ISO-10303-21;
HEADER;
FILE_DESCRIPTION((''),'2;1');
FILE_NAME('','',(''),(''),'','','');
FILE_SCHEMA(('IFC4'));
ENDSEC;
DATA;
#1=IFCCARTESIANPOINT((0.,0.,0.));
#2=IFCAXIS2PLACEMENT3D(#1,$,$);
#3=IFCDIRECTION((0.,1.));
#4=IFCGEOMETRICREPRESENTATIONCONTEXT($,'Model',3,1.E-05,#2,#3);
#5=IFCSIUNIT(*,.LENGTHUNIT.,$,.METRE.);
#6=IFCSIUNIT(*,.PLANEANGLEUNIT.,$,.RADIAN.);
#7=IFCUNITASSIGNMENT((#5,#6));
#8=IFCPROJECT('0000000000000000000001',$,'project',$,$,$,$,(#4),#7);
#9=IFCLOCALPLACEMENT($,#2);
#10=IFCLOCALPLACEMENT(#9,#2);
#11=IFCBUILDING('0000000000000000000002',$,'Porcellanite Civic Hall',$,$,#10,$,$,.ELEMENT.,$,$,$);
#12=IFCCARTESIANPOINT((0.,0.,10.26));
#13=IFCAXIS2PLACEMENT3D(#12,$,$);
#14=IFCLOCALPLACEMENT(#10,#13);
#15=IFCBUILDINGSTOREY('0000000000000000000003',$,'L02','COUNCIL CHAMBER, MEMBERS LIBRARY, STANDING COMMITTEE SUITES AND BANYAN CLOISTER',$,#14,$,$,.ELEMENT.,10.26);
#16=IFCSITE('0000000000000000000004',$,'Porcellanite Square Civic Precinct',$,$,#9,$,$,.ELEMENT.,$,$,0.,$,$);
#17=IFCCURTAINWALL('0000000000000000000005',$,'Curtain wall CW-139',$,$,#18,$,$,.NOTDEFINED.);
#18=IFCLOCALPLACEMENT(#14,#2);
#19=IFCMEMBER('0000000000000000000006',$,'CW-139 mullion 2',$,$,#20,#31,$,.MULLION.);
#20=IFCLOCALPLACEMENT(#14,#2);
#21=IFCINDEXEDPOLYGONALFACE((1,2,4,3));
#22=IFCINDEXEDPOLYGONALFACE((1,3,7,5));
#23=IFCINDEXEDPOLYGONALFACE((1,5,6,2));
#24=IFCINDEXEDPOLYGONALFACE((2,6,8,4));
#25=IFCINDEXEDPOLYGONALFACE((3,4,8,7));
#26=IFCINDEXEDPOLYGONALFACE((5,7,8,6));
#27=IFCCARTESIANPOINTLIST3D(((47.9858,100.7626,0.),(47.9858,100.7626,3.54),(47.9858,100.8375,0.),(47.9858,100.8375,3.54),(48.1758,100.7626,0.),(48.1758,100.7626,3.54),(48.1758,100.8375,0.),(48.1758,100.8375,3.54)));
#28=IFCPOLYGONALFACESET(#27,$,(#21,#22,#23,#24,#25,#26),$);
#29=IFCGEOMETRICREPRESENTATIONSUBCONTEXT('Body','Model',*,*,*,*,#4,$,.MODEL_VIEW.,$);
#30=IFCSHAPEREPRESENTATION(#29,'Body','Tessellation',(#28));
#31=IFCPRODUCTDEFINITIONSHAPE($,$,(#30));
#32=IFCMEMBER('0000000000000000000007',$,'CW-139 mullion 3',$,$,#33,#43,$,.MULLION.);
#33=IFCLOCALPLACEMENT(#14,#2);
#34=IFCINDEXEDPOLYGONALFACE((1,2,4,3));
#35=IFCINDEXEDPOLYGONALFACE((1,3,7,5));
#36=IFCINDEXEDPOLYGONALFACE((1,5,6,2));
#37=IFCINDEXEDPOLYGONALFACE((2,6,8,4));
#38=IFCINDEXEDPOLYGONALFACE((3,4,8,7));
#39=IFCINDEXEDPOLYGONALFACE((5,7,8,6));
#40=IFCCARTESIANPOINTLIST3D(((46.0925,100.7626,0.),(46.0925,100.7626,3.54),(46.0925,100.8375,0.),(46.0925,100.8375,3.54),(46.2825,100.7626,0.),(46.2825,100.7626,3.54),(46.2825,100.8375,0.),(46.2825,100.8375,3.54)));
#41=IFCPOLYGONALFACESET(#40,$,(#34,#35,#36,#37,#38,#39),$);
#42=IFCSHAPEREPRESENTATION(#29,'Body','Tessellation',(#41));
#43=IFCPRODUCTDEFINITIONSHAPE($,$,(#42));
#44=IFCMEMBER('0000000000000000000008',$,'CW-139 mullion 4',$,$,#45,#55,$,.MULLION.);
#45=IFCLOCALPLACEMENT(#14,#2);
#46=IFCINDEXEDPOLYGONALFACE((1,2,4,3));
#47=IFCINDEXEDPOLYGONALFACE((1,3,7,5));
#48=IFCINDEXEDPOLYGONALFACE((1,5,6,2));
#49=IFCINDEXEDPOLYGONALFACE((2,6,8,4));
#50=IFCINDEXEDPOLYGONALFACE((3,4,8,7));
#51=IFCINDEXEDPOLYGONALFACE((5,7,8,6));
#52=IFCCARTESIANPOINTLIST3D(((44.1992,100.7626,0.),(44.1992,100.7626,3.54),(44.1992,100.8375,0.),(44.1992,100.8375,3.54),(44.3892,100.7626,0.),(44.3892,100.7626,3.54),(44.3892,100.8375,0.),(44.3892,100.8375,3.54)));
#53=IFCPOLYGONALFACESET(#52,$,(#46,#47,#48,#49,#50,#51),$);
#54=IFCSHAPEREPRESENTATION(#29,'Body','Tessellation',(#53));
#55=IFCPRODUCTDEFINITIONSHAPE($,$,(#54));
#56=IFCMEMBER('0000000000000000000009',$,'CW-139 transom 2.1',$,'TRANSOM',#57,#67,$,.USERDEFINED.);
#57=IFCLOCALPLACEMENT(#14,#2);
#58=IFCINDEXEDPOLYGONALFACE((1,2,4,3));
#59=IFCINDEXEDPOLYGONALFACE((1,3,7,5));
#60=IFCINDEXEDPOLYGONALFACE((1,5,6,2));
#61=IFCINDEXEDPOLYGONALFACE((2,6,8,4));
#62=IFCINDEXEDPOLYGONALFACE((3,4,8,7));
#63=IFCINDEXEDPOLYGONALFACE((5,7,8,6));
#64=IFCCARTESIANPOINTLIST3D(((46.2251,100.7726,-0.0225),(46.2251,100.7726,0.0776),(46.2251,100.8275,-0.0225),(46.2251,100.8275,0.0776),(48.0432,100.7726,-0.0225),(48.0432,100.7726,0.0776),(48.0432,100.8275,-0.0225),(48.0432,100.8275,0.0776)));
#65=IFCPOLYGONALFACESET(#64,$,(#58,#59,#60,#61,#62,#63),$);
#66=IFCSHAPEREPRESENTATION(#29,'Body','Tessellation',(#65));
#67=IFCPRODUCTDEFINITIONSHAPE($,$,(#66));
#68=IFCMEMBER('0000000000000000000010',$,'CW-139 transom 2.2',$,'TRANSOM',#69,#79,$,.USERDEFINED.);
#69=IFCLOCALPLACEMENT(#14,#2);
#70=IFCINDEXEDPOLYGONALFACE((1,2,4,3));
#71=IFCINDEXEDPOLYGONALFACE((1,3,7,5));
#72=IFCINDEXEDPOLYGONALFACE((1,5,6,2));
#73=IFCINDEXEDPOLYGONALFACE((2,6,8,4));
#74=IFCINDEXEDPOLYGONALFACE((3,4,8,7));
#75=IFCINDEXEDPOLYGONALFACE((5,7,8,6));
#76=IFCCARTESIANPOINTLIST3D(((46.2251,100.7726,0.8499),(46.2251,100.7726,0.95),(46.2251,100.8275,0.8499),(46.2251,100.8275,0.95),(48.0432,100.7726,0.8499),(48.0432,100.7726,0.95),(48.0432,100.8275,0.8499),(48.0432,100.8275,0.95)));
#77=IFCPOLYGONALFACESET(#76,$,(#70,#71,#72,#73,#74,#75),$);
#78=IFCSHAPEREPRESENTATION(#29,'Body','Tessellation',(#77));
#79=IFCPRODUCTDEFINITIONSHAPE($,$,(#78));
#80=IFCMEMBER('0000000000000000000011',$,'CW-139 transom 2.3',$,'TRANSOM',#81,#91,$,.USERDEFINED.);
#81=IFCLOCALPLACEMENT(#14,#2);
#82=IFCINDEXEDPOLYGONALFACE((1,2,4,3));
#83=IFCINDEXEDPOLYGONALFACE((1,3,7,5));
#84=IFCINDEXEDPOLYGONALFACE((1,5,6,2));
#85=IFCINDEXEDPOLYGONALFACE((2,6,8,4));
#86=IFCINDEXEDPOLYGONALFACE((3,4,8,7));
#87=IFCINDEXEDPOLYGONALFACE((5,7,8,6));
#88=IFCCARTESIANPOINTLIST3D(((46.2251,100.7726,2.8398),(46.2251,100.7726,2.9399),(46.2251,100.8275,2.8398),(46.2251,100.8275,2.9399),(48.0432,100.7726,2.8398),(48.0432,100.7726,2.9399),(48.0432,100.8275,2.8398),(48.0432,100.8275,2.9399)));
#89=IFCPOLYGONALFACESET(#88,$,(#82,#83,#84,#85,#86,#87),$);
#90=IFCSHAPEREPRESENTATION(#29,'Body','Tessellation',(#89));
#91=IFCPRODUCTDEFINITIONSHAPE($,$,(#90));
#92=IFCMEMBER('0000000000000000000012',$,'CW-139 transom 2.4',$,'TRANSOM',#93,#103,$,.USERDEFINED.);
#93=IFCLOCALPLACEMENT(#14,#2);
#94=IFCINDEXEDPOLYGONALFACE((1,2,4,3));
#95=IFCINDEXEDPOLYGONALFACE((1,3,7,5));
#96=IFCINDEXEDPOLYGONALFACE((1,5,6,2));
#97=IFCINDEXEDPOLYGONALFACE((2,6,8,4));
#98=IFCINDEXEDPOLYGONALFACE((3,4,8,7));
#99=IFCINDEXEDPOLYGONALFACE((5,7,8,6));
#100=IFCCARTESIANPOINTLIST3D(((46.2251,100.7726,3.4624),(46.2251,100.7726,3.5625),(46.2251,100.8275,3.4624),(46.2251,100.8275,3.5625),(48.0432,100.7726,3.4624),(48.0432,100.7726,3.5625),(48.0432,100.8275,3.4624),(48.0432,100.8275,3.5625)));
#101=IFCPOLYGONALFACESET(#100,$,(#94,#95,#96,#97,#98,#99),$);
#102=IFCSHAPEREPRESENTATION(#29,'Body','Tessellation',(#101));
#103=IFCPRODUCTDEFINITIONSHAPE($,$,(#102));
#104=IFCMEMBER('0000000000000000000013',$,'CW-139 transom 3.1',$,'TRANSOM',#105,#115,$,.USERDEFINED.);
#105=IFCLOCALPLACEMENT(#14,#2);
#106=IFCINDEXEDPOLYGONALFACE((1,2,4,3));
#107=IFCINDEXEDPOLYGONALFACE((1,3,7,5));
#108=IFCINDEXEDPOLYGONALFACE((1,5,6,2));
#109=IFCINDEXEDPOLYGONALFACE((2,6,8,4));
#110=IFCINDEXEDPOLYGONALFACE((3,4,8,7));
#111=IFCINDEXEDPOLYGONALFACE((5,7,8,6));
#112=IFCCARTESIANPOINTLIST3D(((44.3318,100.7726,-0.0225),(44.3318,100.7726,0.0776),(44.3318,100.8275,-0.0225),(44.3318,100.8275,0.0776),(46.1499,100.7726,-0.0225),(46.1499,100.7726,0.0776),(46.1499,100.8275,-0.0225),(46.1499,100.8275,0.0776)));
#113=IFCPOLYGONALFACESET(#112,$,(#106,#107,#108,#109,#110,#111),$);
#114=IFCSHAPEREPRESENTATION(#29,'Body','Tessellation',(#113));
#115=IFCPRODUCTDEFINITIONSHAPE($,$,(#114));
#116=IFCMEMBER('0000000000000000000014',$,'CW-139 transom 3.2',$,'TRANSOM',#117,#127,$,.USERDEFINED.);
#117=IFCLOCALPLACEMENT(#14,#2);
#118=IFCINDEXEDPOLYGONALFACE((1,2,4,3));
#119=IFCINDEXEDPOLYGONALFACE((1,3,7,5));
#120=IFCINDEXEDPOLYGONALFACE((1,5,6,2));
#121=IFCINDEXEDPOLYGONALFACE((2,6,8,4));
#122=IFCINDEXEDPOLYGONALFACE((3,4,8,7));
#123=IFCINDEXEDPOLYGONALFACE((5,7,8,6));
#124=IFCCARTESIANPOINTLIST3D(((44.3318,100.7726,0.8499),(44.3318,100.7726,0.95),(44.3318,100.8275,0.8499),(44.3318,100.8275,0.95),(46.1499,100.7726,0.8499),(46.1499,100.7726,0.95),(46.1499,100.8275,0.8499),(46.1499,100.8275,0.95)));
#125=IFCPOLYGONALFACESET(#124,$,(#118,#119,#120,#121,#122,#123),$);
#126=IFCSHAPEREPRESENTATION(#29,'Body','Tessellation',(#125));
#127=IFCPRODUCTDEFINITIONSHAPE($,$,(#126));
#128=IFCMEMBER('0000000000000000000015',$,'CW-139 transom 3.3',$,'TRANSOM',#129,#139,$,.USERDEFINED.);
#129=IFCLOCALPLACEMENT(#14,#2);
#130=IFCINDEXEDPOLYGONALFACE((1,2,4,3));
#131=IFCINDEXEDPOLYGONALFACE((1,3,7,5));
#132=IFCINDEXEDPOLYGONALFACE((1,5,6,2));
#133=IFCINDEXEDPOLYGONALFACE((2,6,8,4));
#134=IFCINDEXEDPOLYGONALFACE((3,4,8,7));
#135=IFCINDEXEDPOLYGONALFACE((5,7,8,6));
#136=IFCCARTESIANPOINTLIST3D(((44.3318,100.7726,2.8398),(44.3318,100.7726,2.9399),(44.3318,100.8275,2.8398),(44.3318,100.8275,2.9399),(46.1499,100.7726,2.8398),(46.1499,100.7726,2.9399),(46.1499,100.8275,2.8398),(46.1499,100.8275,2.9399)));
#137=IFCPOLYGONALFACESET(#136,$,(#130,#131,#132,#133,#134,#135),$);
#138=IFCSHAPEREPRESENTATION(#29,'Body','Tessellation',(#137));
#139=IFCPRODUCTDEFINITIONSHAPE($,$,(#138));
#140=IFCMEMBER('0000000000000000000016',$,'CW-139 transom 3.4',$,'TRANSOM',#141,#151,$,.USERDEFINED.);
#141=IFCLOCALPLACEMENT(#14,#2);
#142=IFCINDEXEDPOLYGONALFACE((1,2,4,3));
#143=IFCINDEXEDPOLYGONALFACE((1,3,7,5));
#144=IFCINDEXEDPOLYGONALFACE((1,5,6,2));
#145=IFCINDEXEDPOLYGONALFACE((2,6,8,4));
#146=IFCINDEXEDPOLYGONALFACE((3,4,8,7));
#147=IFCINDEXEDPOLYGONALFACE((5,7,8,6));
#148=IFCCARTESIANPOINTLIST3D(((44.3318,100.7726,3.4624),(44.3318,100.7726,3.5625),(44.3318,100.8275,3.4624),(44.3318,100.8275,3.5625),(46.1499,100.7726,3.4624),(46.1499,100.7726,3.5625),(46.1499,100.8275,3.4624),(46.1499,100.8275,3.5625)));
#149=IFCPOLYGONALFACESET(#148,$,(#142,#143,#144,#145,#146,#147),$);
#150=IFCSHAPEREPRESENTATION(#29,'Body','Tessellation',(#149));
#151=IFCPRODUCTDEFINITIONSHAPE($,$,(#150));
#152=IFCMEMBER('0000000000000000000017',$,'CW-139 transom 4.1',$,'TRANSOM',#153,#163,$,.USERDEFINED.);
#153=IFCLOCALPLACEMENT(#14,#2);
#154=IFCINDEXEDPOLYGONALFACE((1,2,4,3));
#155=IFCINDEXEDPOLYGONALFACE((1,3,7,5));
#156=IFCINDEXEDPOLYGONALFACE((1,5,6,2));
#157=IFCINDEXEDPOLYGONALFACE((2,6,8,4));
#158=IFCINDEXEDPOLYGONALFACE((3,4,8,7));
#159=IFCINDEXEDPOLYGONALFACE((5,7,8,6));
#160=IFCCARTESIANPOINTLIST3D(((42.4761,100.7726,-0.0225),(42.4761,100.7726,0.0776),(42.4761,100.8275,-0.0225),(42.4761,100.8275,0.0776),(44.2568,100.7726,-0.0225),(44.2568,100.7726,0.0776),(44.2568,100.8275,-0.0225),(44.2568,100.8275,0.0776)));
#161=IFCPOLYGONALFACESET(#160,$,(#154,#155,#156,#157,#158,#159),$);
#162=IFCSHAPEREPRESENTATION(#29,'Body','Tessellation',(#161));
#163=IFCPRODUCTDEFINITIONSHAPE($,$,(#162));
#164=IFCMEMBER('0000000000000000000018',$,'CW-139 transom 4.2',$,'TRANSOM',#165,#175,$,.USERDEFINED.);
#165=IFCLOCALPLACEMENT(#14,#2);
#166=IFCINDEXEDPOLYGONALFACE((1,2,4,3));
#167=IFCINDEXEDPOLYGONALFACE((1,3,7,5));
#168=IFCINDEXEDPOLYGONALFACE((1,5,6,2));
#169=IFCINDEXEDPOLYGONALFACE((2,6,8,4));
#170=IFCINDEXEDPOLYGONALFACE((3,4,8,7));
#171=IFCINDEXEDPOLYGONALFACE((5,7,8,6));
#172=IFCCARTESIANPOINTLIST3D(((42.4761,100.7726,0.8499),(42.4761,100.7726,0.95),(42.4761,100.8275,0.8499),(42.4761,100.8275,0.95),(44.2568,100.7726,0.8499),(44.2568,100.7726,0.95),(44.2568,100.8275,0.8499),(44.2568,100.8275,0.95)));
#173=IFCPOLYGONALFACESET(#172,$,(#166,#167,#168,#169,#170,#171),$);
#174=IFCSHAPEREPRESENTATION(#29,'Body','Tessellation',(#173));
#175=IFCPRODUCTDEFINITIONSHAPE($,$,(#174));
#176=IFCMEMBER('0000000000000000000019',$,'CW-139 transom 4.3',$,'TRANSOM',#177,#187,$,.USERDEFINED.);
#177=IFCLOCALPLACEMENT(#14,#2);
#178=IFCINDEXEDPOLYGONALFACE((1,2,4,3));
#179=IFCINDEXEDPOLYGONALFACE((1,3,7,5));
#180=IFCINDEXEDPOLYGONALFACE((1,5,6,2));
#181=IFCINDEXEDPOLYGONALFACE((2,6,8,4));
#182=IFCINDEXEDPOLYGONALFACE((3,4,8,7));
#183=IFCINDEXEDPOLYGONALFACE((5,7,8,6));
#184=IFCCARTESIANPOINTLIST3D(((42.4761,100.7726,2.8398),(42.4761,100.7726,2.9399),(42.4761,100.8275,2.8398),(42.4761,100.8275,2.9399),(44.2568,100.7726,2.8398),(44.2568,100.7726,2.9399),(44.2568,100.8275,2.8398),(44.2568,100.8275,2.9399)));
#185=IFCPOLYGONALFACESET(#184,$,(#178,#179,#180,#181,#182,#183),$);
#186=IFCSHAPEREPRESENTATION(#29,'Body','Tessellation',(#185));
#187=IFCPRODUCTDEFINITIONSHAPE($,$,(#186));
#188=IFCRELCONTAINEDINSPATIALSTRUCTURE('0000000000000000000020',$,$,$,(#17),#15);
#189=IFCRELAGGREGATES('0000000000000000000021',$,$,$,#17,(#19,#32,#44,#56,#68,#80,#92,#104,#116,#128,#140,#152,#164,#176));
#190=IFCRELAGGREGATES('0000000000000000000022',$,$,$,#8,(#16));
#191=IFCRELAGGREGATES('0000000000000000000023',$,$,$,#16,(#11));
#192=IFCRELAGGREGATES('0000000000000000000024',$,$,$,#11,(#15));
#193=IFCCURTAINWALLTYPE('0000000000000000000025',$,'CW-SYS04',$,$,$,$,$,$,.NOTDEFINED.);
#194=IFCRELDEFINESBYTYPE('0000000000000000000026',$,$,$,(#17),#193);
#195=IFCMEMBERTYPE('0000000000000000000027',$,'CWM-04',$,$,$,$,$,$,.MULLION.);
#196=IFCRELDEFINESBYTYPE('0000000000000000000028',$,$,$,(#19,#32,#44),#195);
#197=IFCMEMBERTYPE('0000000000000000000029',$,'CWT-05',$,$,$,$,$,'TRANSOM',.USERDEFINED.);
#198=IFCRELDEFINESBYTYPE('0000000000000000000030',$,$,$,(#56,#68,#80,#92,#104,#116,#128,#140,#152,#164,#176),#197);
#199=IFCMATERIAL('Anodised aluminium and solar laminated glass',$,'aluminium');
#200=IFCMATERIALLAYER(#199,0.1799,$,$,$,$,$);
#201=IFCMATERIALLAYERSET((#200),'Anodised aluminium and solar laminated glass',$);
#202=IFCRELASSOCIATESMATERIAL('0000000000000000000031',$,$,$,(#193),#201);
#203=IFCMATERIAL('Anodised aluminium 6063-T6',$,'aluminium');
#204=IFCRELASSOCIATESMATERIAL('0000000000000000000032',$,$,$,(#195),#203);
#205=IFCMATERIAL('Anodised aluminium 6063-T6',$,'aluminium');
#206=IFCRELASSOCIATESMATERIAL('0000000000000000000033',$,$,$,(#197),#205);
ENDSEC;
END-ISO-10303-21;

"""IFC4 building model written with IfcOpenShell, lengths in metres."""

from ifc_helpers import new_model, si_unit, direction, frame, origin, origin_2d, place, context, subcontext, project, spatial, rectangle, extrude, material, layer, layer_set, material_profile, profile_set, type_object, element, aggregate, save


model = new_model("IFC4")

# Units and contexts
model_context = context("Model", 3, precision=1e-05, world=origin(), true_north=direction((0.0, 1.0)))
body_context = subcontext(model_context, "Body", "Model", "MODEL_VIEW")
ifc_project = project(units=[si_unit("LENGTHUNIT", "METRE"), si_unit("PLANEANGLEUNIT", "RADIAN")], contexts=[model_context])

# Site, building, storey
site_placement = place(None, origin())
site = spatial("IfcSite", under=ifc_project, at=site_placement, Name="Porcellanite Square Civic Precinct", CompositionType="ELEMENT", RefElevation=0.0)
building_placement = place(site_placement, origin())
building = spatial("IfcBuilding", under=site, at=building_placement, Name="Porcellanite Civic Hall", CompositionType="ELEMENT")
storey_placement = place(building_placement, frame((0.0, 0.0, 10.26)))
storey = spatial("IfcBuildingStorey", under=building, at=storey_placement, Name="L02", Description="COUNCIL CHAMBER, MEMBERS LIBRARY, STANDING COMMITTEE SUITES AND BANYAN CLOISTER", CompositionType="ELEMENT", Elevation=10.26)

# Curtain wall, members
ifc_material_1 = material(Name="Anodised aluminium and solar laminated glass", Category="aluminium")
ifc_layer_1 = layer(ifc_material_1, 0.1799)
ifc_layer_set_1 = layer_set([ifc_layer_1], Name="Anodised aluminium and solar laminated glass")
curtain_wall_type = type_object("IfcCurtainWallType", Name="CW-SYS04", PredefinedType="NOTDEFINED", material=ifc_layer_set_1)
curtain_wall_placement = place(storey_placement, origin())
curtain_wall = element("IfcCurtainWall", 1, at=curtain_wall_placement, inside=storey, type_object=curtain_wall_type, Name="Curtain wall CW-139", PredefinedType="NOTDEFINED")
ifc_material_2 = material(Name="Anodised aluminium 6063-T6", Category="aluminium")
ifc_material_profile_1 = material_profile(ifc_material_2, rectangle(XDim=0.075, YDim=0.1899, at=origin_2d()), Name="AL-75x190")
ifc_profile_set_1 = profile_set([ifc_material_profile_1], Name="Anodised aluminium 6063-T6")
member_type_1 = type_object("IfcMemberType", Name="CWM-04", PredefinedType="MULLION", material=ifc_profile_set_1)
member_1_placement = place(storey_placement, frame((48.0808, 100.8, 0.0), z_axis=(0.0, 0.0, 1.0), x_axis=(0.0, -1.0, 0.0)))
member_1 = element("IfcMember", 2, at=member_1_placement, type_object=member_type_1, Name="CW-139 mullion 2", PredefinedType="MULLION", context=body_context, shape_type="SweptSolid", body=[
    extrude(rectangle(XDim=0.075, YDim=0.1899, at=origin_2d()), origin(), (0.0, 0.0, 1.0), 3.54),
])
member_2_placement = place(storey_placement, frame((46.1875, 100.8, 0.0), z_axis=(0.0, 0.0, 1.0), x_axis=(0.0, -1.0, 0.0)))
member_2 = element("IfcMember", 3, at=member_2_placement, type_object=member_type_1, Name="CW-139 mullion 3", PredefinedType="MULLION", context=body_context, shape_type="SweptSolid", body=[
    extrude(rectangle(XDim=0.075, YDim=0.1899, at=origin_2d()), origin(), (0.0, 0.0, 1.0), 3.54),
])
member_3_placement = place(storey_placement, frame((44.2942, 100.8, 0.0), z_axis=(0.0, 0.0, 1.0), x_axis=(0.0, -1.0, 0.0)))
member_3 = element("IfcMember", 4, at=member_3_placement, type_object=member_type_1, Name="CW-139 mullion 4", PredefinedType="MULLION", context=body_context, shape_type="SweptSolid", body=[
    extrude(rectangle(XDim=0.075, YDim=0.1899, at=origin_2d()), origin(), (0.0, 0.0, 1.0), 3.54),
])
ifc_material_3 = material(Name="Anodised aluminium 6063-T6", Category="aluminium")
ifc_material_profile_2 = material_profile(ifc_material_3, rectangle(XDim=0.0549, YDim=0.1001, at=origin_2d()), Name="AL-55x100")
ifc_profile_set_2 = profile_set([ifc_material_profile_2], Name="Anodised aluminium 6063-T6")
member_type_2 = type_object("IfcMemberType", Name="CWT-05", ElementType="TRANSOM", PredefinedType="USERDEFINED", material=ifc_profile_set_2)
member_4_placement = place(storey_placement, frame((48.0432, 100.8, 0.0276), z_axis=(-1.0, 0.0, 0.0), x_axis=(0.0, -1.0, 0.0)))
member_4 = element("IfcMember", 5, at=member_4_placement, type_object=member_type_2, Name="CW-139 transom 2.1", ObjectType="TRANSOM", PredefinedType="USERDEFINED", context=body_context, shape_type="SweptSolid", body=[
    extrude(rectangle(XDim=0.0549, YDim=0.1001, at=origin_2d()), origin(), (0.0, 0.0, 1.0), 1.8181),
])
member_5_placement = place(storey_placement, frame((48.0432, 100.8, 0.8999), z_axis=(-1.0, 0.0, 0.0), x_axis=(0.0, -1.0, 0.0)))
member_5 = element("IfcMember", 6, at=member_5_placement, type_object=member_type_2, Name="CW-139 transom 2.2", ObjectType="TRANSOM", PredefinedType="USERDEFINED", context=body_context, shape_type="SweptSolid", body=[
    extrude(rectangle(XDim=0.0549, YDim=0.1001, at=origin_2d()), origin(), (0.0, 0.0, 1.0), 1.8181),
])
member_6_placement = place(storey_placement, frame((48.0432, 100.8, 2.8899), z_axis=(-1.0, 0.0, 0.0), x_axis=(0.0, -1.0, 0.0)))
member_6 = element("IfcMember", 7, at=member_6_placement, type_object=member_type_2, Name="CW-139 transom 2.3", ObjectType="TRANSOM", PredefinedType="USERDEFINED", context=body_context, shape_type="SweptSolid", body=[
    extrude(rectangle(XDim=0.0549, YDim=0.1001, at=origin_2d()), origin(), (0.0, 0.0, 1.0), 1.8181),
])
member_7_placement = place(storey_placement, frame((48.0432, 100.8, 3.5125), z_axis=(-1.0, 0.0, 0.0), x_axis=(0.0, -1.0, 0.0)))
member_7 = element("IfcMember", 8, at=member_7_placement, type_object=member_type_2, Name="CW-139 transom 2.4", ObjectType="TRANSOM", PredefinedType="USERDEFINED", context=body_context, shape_type="SweptSolid", body=[
    extrude(rectangle(XDim=0.0549, YDim=0.1001, at=origin_2d()), origin(), (0.0, 0.0, 1.0), 1.8181),
])
member_8_placement = place(storey_placement, frame((46.1499, 100.8, 0.0276), z_axis=(-1.0, 0.0, 0.0), x_axis=(0.0, -1.0, 0.0)))
member_8 = element("IfcMember", 9, at=member_8_placement, type_object=member_type_2, Name="CW-139 transom 3.1", ObjectType="TRANSOM", PredefinedType="USERDEFINED", context=body_context, shape_type="SweptSolid", body=[
    extrude(rectangle(XDim=0.0549, YDim=0.1001, at=origin_2d()), origin(), (0.0, 0.0, 1.0), 1.8181),
])
member_9_placement = place(storey_placement, frame((46.1499, 100.8, 0.8999), z_axis=(-1.0, 0.0, 0.0), x_axis=(0.0, -1.0, 0.0)))
member_9 = element("IfcMember", 10, at=member_9_placement, type_object=member_type_2, Name="CW-139 transom 3.2", ObjectType="TRANSOM", PredefinedType="USERDEFINED", context=body_context, shape_type="SweptSolid", body=[
    extrude(rectangle(XDim=0.0549, YDim=0.1001, at=origin_2d()), origin(), (0.0, 0.0, 1.0), 1.8181),
])
member_10_placement = place(storey_placement, frame((46.1499, 100.8, 2.8899), z_axis=(-1.0, 0.0, 0.0), x_axis=(0.0, -1.0, 0.0)))
member_10 = element("IfcMember", 11, at=member_10_placement, type_object=member_type_2, Name="CW-139 transom 3.3", ObjectType="TRANSOM", PredefinedType="USERDEFINED", context=body_context, shape_type="SweptSolid", body=[
    extrude(rectangle(XDim=0.0549, YDim=0.1001, at=origin_2d()), origin(), (0.0, 0.0, 1.0), 1.8181),
])
member_11_placement = place(storey_placement, frame((46.1499, 100.8, 3.5125), z_axis=(-1.0, 0.0, 0.0), x_axis=(0.0, -1.0, 0.0)))
member_11 = element("IfcMember", 12, at=member_11_placement, type_object=member_type_2, Name="CW-139 transom 3.4", ObjectType="TRANSOM", PredefinedType="USERDEFINED", context=body_context, shape_type="SweptSolid", body=[
    extrude(rectangle(XDim=0.0549, YDim=0.1001, at=origin_2d()), origin(), (0.0, 0.0, 1.0), 1.8181),
])
member_12_placement = place(storey_placement, frame((44.2568, 100.8, 0.0276), z_axis=(-1.0, 0.0, 0.0), x_axis=(0.0, -1.0, 0.0)))
member_12 = element("IfcMember", 13, at=member_12_placement, type_object=member_type_2, Name="CW-139 transom 4.1", ObjectType="TRANSOM", PredefinedType="USERDEFINED", context=body_context, shape_type="SweptSolid", body=[
    extrude(rectangle(XDim=0.0549, YDim=0.1001, at=origin_2d()), origin(), (0.0, 0.0, 1.0), 1.7808),
])
member_13_placement = place(storey_placement, frame((44.2568, 100.8, 0.8999), z_axis=(-1.0, 0.0, 0.0), x_axis=(0.0, -1.0, 0.0)))
member_13 = element("IfcMember", 14, at=member_13_placement, type_object=member_type_2, Name="CW-139 transom 4.2", ObjectType="TRANSOM", PredefinedType="USERDEFINED", context=body_context, shape_type="SweptSolid", body=[
    extrude(rectangle(XDim=0.0549, YDim=0.1001, at=origin_2d()), origin(), (0.0, 0.0, 1.0), 1.7808),
])
member_14_placement = place(storey_placement, frame((44.2568, 100.8, 2.8899), z_axis=(-1.0, 0.0, 0.0), x_axis=(0.0, -1.0, 0.0)))
member_14 = element("IfcMember", 15, at=member_14_placement, type_object=member_type_2, Name="CW-139 transom 4.3", ObjectType="TRANSOM", PredefinedType="USERDEFINED", context=body_context, shape_type="SweptSolid", body=[
    extrude(rectangle(XDim=0.0549, YDim=0.1001, at=origin_2d()), origin(), (0.0, 0.0, 1.0), 1.7808),
])

aggregate(curtain_wall, [member_1, member_2, member_3, member_4, member_5, member_6, member_7, member_8, member_9, member_10, member_11, member_12, member_13, member_14])

save(model, "model.ifc")
